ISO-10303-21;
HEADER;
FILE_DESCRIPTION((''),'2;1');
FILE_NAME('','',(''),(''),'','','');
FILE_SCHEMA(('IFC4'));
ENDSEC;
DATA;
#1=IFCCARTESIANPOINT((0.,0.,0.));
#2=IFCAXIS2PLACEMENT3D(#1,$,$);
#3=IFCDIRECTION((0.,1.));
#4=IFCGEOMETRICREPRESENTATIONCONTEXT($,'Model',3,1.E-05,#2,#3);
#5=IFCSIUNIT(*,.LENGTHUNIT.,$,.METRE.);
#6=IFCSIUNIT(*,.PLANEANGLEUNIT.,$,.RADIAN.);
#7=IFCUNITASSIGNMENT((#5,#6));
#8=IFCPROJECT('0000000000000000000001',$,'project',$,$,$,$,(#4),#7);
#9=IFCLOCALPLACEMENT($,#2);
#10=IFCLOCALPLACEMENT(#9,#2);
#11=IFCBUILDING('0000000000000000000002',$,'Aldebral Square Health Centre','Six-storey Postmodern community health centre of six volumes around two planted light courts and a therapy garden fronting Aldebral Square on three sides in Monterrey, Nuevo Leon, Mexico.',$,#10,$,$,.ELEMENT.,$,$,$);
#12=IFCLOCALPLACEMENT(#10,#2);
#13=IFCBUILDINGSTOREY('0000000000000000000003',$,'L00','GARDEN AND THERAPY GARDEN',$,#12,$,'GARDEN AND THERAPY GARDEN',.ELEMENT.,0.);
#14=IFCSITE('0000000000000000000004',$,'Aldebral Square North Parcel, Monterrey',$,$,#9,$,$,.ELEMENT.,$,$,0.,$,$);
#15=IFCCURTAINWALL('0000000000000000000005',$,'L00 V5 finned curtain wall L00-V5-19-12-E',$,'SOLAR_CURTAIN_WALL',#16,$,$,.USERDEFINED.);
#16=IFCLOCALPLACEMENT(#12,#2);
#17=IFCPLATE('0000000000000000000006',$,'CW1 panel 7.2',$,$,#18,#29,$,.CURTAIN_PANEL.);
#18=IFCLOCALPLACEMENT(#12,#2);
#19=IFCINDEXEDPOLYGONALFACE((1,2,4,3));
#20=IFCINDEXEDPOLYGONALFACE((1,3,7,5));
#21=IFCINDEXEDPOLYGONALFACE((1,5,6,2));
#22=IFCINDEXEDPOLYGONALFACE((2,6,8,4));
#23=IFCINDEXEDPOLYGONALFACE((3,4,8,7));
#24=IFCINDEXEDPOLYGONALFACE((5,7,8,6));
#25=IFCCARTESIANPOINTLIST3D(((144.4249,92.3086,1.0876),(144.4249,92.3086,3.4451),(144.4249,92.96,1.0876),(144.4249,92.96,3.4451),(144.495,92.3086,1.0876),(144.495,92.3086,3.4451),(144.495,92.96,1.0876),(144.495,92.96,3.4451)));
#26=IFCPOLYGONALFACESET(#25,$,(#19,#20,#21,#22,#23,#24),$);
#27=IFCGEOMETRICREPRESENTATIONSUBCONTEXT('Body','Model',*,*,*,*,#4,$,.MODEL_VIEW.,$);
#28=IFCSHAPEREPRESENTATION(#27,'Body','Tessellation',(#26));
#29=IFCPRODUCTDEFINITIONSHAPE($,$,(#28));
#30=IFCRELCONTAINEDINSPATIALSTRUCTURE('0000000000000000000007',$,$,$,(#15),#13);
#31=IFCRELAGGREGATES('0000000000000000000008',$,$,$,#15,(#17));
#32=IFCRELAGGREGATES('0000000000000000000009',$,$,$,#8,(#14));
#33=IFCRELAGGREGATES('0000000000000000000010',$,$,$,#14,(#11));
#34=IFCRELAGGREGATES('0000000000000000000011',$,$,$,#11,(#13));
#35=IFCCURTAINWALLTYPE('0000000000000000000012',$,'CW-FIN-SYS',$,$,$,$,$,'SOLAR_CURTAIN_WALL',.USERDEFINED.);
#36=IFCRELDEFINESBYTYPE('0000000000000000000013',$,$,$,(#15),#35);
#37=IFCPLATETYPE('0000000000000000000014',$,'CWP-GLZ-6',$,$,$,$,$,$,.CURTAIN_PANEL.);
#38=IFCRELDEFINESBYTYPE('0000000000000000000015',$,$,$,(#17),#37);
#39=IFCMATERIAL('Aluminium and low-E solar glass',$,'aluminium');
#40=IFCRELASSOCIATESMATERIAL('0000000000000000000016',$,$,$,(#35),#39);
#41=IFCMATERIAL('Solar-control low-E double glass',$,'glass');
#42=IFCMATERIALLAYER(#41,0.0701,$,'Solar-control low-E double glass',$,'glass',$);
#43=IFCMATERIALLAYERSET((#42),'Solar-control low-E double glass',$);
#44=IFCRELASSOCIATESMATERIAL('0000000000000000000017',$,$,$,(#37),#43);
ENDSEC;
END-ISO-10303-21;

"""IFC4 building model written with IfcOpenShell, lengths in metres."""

from ifc_helpers import new_model, si_unit, direction, frame, origin, origin_2d, place, context, subcontext, project, spatial, rectangle, extrude, material, layer, layer_set, type_object, element, aggregate, save


model = new_model("IFC4")

# Units and contexts
model_context = context("Model", 3, precision=1e-05, world=origin(), true_north=direction((0.0, 1.0)))
body_context = subcontext(model_context, "Body", "Model", "MODEL_VIEW")
ifc_project = project(units=[si_unit("LENGTHUNIT", "METRE"), si_unit("PLANEANGLEUNIT", "RADIAN")], contexts=[model_context])

# Site, building, storey
site_placement = place(None, origin())
site = spatial("IfcSite", under=ifc_project, at=site_placement, Name="Aldebral Square North Parcel, Monterrey", CompositionType="ELEMENT", RefElevation=0.0)
building_placement = place(site_placement, origin())
building = spatial("IfcBuilding", under=site, at=building_placement, Name="Aldebral Square Health Centre", Description="Six-storey Postmodern community health centre of six volumes around two planted light courts and a therapy garden fronting Aldebral Square on three sides in Monterrey, Nuevo Leon, Mexico.", CompositionType="ELEMENT")
storey_placement = place(building_placement, origin())
storey = spatial("IfcBuildingStorey", under=building, at=storey_placement, Name="L00", Description="GARDEN AND THERAPY GARDEN", LongName="GARDEN AND THERAPY GARDEN", CompositionType="ELEMENT", Elevation=0.0)

# Curtain wall, plate
ifc_material_1 = material(Name="Aluminium and low-E solar glass", Category="aluminium")
curtain_wall_type = type_object("IfcCurtainWallType", Name="CW-FIN-SYS", ElementType="SOLAR_CURTAIN_WALL", PredefinedType="USERDEFINED", material=ifc_material_1)
curtain_wall_placement = place(storey_placement, origin())
curtain_wall = element("IfcCurtainWall", 1, at=curtain_wall_placement, inside=storey, type_object=curtain_wall_type, Name="L00 V5 finned curtain wall L00-V5-19-12-E", ObjectType="SOLAR_CURTAIN_WALL", PredefinedType="USERDEFINED")
ifc_material_2 = material(Name="Solar-control low-E double glass", Category="glass")
ifc_layer = layer(ifc_material_2, 0.0701, Name="Solar-control low-E double glass", Category="glass")
ifc_layer_set = layer_set([ifc_layer], Name="Solar-control low-E double glass")
plate_type = type_object("IfcPlateType", Name="CWP-GLZ-6", PredefinedType="CURTAIN_PANEL", material=ifc_layer_set)
plate_1_placement = place(storey_placement, frame((144.46, 92.6343, 1.0876), z_axis=(0.0, 0.0, 1.0), x_axis=(0.0, 1.0, 0.0)))
plate_1 = element("IfcPlate", 2, at=plate_1_placement, type_object=plate_type, Name="CW1 panel 7.2", PredefinedType="CURTAIN_PANEL", context=body_context, shape_type="SweptSolid", body=[
    extrude(rectangle(XDim=0.6514, YDim=0.0701, at=origin_2d()), origin(), (0.0, 0.0, 1.0), 2.3574),
])
aggregate(curtain_wall, [plate_1])

save(model, "model.ifc")
